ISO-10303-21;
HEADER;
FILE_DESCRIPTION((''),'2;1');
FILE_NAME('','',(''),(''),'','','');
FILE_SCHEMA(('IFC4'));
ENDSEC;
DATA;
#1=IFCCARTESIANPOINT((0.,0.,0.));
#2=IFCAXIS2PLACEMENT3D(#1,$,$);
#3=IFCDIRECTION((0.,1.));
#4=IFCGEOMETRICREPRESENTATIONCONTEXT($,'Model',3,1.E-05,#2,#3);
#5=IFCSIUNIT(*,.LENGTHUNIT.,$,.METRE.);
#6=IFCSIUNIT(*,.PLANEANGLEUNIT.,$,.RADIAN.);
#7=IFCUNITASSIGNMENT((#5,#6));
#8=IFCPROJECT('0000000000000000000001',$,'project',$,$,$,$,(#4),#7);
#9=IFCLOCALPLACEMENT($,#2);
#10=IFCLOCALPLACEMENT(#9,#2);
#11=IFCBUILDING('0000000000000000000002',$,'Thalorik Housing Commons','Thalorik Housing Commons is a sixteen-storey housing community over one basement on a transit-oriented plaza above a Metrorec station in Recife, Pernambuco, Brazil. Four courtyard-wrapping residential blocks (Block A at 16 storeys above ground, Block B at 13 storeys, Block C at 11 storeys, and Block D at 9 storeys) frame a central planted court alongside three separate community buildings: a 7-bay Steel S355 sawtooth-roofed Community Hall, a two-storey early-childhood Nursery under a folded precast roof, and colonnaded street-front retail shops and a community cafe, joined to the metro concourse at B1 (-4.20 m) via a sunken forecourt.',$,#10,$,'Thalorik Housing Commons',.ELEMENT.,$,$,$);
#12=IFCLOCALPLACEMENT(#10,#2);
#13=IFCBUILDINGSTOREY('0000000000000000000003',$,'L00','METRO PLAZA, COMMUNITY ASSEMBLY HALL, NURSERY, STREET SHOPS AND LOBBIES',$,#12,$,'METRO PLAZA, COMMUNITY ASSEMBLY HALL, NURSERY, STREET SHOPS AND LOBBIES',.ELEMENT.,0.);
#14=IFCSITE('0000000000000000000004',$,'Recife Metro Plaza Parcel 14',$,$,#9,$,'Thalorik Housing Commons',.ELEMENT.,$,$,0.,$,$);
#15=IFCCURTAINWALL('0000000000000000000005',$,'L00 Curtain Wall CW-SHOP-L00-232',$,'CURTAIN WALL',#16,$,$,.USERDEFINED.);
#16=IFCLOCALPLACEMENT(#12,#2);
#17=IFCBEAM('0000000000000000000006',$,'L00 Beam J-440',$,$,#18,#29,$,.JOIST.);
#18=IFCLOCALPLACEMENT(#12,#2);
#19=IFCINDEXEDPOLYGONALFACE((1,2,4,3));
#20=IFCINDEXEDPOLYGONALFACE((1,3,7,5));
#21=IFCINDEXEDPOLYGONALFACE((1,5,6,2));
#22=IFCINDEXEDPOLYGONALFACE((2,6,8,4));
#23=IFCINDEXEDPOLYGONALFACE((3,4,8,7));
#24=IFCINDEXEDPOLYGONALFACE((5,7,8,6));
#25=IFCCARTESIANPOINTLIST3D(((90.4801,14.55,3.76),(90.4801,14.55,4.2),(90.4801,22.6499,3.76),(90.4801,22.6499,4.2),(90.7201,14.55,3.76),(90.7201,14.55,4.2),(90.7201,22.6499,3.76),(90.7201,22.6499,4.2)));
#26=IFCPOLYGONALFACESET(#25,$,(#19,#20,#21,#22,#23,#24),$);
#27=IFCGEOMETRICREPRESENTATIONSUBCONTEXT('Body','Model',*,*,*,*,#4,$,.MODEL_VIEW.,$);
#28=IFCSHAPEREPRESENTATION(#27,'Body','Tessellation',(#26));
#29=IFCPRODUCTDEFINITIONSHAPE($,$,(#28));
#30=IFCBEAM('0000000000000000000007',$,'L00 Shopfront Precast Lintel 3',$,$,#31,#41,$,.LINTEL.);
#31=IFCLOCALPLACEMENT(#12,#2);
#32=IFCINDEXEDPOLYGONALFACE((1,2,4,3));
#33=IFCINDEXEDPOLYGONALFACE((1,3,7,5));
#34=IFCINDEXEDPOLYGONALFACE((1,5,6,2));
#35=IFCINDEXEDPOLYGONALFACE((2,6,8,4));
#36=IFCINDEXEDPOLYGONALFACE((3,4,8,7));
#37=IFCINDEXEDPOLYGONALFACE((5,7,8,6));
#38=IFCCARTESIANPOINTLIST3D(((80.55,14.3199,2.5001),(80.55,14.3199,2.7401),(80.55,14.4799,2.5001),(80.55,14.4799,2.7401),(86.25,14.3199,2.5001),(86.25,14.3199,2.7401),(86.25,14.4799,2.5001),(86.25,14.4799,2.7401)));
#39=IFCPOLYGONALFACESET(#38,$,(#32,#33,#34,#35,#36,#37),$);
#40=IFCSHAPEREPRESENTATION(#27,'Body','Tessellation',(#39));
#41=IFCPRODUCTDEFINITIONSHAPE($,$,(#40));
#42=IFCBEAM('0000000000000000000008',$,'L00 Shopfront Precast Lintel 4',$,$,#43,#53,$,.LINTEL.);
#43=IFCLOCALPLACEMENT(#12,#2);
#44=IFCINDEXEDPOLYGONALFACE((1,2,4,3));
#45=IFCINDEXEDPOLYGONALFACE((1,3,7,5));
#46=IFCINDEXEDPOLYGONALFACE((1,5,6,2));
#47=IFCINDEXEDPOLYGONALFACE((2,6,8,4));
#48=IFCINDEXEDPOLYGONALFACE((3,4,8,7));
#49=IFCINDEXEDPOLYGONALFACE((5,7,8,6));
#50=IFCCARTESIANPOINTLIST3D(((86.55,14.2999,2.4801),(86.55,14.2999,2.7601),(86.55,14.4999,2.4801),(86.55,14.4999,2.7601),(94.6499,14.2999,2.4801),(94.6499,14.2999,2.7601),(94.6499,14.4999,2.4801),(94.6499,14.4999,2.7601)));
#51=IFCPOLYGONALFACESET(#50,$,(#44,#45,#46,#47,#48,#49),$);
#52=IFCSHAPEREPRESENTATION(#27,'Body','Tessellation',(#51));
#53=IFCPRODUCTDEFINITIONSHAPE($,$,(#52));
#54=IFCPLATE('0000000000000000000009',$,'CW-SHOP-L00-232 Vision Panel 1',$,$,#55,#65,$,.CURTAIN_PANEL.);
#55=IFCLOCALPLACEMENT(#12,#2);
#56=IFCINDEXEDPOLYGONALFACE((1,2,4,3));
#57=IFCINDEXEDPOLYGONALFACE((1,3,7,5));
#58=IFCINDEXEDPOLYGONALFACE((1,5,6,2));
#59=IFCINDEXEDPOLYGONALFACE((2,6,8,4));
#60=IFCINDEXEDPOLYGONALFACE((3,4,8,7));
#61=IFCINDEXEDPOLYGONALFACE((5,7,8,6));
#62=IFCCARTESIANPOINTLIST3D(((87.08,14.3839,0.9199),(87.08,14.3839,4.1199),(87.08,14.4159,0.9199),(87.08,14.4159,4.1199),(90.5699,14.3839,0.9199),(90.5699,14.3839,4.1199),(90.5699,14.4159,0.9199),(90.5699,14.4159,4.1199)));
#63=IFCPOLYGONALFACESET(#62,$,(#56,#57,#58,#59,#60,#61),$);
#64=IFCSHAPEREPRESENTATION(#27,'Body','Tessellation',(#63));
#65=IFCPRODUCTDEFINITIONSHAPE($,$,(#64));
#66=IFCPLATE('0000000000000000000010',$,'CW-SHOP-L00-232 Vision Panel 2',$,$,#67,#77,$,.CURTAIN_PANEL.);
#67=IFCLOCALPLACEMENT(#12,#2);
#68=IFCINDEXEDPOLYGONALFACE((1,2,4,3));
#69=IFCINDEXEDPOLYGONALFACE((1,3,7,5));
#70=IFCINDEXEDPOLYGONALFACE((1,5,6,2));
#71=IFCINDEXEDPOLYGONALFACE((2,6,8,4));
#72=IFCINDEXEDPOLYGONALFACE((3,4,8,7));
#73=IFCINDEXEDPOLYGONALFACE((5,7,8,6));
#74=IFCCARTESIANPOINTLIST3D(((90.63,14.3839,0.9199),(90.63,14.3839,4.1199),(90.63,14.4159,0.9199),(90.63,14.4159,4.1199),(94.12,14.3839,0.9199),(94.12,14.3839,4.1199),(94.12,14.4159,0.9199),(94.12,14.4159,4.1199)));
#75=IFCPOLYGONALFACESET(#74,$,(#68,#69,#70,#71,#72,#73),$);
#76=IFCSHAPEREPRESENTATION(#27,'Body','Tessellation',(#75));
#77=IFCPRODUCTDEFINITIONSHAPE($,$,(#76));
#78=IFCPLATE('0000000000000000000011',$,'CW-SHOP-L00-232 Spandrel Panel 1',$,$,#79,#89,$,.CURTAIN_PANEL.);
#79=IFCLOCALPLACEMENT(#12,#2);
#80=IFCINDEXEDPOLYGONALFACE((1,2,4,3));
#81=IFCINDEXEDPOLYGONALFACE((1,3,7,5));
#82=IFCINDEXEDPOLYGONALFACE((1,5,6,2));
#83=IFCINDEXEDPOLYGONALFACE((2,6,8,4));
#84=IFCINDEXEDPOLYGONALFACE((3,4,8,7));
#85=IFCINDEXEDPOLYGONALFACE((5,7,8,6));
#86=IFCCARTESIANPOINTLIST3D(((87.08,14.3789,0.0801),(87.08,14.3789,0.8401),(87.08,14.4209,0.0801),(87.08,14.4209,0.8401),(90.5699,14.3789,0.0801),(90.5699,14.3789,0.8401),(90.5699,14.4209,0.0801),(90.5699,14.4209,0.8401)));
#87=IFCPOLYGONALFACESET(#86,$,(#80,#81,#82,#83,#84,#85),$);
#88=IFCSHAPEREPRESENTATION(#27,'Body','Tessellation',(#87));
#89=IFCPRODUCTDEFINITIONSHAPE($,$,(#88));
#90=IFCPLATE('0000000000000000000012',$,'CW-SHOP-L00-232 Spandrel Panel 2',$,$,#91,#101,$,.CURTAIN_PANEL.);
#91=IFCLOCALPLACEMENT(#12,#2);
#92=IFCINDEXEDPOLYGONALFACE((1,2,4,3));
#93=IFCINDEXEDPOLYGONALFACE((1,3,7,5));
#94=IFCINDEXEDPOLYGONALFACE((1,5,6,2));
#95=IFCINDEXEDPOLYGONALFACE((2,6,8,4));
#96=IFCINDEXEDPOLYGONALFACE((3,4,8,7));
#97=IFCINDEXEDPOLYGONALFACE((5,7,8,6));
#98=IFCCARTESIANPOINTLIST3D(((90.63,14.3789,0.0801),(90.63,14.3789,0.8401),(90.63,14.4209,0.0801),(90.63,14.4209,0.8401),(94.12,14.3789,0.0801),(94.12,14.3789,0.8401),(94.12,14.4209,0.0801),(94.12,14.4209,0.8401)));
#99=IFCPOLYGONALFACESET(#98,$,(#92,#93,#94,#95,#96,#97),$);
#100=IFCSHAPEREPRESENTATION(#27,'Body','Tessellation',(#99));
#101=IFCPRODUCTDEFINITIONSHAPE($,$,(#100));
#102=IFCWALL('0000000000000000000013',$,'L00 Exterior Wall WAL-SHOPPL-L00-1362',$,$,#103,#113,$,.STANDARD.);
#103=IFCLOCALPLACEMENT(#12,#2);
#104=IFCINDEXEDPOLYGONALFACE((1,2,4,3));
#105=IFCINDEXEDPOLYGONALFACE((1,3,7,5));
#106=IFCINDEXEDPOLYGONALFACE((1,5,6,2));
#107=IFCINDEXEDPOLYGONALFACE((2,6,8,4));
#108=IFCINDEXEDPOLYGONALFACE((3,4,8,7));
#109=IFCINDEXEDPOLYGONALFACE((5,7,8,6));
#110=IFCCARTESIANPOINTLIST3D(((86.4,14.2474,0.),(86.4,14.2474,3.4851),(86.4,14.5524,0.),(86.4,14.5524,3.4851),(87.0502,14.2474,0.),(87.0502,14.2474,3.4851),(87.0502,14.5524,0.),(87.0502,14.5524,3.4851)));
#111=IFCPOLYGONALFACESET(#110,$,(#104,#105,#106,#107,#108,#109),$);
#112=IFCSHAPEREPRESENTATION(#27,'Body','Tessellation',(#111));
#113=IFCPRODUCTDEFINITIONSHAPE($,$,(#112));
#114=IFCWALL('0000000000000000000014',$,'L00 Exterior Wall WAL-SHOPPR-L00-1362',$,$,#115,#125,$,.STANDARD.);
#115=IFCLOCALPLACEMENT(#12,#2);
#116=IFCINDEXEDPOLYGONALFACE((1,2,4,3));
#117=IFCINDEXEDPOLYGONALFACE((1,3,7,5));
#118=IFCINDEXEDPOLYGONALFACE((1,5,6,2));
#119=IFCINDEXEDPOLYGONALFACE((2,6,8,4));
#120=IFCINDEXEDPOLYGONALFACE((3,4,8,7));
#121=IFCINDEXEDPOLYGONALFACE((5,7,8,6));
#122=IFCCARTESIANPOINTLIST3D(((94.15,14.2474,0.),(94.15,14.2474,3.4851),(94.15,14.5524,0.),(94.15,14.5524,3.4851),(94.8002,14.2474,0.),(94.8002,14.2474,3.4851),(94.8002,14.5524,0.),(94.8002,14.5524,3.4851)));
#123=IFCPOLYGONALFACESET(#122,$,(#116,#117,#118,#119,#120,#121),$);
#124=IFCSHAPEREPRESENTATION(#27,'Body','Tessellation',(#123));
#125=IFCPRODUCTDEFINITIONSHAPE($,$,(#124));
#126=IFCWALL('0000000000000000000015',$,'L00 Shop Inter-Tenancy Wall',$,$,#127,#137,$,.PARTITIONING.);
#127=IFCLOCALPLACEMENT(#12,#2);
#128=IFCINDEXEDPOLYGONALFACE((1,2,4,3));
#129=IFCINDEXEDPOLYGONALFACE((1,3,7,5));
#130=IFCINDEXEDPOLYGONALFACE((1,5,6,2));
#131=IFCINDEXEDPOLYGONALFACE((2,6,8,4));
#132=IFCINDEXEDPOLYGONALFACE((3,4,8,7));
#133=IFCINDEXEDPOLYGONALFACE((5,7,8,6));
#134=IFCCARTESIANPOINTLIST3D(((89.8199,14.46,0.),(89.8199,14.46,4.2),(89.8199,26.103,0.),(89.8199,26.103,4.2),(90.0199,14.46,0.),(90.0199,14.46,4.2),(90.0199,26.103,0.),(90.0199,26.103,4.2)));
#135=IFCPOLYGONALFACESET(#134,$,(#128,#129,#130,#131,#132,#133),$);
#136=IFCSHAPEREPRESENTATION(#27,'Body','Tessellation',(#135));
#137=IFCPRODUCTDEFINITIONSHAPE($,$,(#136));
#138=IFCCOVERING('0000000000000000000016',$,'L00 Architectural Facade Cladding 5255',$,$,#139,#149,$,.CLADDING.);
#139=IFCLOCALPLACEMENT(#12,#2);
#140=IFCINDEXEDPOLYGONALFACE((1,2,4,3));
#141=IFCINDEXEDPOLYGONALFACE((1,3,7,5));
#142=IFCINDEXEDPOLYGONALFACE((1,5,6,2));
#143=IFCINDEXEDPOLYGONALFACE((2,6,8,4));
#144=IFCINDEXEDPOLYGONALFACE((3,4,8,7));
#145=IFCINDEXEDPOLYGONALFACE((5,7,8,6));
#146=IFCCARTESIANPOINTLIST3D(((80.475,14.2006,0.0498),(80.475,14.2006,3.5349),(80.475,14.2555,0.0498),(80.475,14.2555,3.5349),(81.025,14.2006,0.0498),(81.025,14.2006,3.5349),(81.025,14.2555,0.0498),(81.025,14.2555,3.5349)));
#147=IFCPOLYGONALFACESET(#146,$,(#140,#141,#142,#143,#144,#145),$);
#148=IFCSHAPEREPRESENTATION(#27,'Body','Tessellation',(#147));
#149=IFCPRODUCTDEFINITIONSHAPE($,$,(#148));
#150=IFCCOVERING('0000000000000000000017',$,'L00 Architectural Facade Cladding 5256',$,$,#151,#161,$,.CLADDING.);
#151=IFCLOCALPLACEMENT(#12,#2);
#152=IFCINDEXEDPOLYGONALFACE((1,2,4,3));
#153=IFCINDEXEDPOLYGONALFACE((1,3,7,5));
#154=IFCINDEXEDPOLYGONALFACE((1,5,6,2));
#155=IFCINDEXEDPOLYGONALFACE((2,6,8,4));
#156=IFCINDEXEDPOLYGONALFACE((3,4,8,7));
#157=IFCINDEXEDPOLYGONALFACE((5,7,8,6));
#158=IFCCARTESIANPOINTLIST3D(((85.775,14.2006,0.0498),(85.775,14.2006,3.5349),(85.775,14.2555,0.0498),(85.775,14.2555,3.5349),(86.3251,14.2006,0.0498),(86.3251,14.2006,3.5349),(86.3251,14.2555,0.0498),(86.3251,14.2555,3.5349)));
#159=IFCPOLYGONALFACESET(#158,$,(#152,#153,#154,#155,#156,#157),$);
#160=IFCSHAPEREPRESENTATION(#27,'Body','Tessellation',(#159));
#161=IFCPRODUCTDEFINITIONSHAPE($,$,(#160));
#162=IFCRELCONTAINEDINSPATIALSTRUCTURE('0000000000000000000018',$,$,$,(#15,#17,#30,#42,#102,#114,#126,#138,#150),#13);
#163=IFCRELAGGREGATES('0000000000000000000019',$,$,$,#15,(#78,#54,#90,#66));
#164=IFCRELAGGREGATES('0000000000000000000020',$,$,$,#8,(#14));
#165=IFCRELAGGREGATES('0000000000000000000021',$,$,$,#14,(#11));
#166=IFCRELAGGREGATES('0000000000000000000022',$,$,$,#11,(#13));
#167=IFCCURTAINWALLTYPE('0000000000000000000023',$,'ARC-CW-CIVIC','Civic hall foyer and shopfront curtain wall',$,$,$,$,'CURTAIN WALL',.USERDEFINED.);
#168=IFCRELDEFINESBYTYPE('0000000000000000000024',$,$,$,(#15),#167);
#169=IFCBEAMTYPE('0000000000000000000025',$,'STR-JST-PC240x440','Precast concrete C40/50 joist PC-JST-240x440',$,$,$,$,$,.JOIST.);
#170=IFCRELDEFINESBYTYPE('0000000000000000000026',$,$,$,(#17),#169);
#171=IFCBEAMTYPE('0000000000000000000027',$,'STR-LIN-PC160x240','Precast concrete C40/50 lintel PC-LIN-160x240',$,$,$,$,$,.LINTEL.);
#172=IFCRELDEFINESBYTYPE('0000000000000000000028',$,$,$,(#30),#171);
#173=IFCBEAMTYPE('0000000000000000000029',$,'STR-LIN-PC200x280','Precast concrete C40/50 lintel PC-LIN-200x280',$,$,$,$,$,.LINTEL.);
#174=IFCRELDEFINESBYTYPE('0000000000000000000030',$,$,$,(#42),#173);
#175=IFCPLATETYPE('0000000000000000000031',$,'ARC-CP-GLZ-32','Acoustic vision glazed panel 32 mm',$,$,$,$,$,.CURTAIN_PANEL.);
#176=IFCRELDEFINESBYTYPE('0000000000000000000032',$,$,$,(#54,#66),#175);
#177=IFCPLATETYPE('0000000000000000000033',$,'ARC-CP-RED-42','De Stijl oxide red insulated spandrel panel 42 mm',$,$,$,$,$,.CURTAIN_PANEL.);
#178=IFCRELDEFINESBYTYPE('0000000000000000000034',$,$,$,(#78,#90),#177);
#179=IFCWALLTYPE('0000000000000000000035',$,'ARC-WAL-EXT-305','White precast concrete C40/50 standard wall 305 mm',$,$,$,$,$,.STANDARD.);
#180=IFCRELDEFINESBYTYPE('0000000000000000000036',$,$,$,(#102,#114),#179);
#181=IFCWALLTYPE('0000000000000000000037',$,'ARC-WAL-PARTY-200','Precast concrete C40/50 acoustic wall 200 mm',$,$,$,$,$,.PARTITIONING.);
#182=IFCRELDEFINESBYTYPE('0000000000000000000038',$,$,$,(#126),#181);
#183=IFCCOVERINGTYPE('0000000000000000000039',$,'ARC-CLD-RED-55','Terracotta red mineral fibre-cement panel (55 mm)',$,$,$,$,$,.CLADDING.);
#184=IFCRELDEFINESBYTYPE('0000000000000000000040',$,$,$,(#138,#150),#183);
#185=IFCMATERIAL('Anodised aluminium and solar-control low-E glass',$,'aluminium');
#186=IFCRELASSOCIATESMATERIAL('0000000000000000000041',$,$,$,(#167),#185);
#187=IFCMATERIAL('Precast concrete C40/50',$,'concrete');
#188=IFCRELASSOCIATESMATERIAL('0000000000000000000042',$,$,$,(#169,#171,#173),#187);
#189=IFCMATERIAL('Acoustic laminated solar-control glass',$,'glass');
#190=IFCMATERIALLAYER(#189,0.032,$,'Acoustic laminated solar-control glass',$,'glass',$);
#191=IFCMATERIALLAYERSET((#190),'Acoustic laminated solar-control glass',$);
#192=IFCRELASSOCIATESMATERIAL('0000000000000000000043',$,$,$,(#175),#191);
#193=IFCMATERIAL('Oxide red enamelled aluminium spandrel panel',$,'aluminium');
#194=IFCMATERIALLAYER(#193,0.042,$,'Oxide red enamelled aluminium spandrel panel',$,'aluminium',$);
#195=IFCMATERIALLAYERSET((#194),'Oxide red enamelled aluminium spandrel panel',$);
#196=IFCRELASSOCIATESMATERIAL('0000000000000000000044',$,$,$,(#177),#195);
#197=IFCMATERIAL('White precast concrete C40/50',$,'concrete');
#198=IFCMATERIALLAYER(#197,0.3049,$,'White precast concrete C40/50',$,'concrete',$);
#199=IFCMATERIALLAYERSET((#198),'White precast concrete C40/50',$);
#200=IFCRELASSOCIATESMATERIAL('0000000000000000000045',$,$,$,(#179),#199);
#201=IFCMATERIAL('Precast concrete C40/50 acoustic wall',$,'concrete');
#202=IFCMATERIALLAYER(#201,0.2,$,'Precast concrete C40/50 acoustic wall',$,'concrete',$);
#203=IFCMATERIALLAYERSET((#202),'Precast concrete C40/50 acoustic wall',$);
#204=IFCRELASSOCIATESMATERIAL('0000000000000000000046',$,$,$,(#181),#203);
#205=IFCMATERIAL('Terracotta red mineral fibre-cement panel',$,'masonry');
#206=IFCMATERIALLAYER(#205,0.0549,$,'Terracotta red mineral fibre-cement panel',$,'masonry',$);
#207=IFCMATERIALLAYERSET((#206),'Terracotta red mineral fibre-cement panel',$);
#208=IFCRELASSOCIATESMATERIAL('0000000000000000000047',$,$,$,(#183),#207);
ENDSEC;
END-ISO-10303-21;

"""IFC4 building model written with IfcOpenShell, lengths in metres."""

from ifc_helpers import new_model, si_unit, direction, frame, frame_2d, origin, origin_2d, place, context, subcontext, project, spatial, rectangle, extrude, material, layer, layer_set, material_profile, profile_set, type_object, element, aggregate, save


model = new_model("IFC4")

# Units and contexts
model_context = context("Model", 3, precision=1e-05, world=origin(), true_north=direction((0.0, 1.0)))
body_context = subcontext(model_context, "Body", "Model", "MODEL_VIEW")
ifc_project = project(units=[si_unit("LENGTHUNIT", "METRE"), si_unit("PLANEANGLEUNIT", "RADIAN")], contexts=[model_context])

# Site, building, storey
site_placement = place(None, origin())
site = spatial("IfcSite", under=ifc_project, at=site_placement, Name="Recife Metro Plaza Parcel 14", LongName="Thalorik Housing Commons", CompositionType="ELEMENT", RefElevation=0.0)
building_placement = place(site_placement, origin())
building = spatial("IfcBuilding", under=site, at=building_placement, Name="Thalorik Housing Commons", Description="Thalorik Housing Commons is a sixteen-storey housing community over one basement on a transit-oriented plaza above a Metrorec station in Recife, Pernambuco, Brazil. Four courtyard-wrapping residential blocks (Block A at 16 storeys above ground, Block B at 13 storeys, Block C at 11 storeys, and Block D at 9 storeys) frame a central planted court alongside three separate community buildings: a 7-bay Steel S355 sawtooth-roofed Community Hall, a two-storey early-childhood Nursery under a folded precast roof, and colonnaded street-front retail shops and a community cafe, joined to the metro concourse at B1 (-4.20 m) via a sunken forecourt.", LongName="Thalorik Housing Commons", CompositionType="ELEMENT")
storey_placement = place(building_placement, origin())
storey = spatial("IfcBuildingStorey", under=building, at=storey_placement, Name="L00", Description="METRO PLAZA, COMMUNITY ASSEMBLY HALL, NURSERY, STREET SHOPS AND LOBBIES", LongName="METRO PLAZA, COMMUNITY ASSEMBLY HALL, NURSERY, STREET SHOPS AND LOBBIES", CompositionType="ELEMENT", Elevation=0.0)

# Shared definitions
ifc_material_1 = material(Name="Precast concrete C40/50", Category="concrete")

# Curtain wall
ifc_material_2 = material(Name="Anodised aluminium and solar-control low-E glass", Category="aluminium")
curtain_wall_type = type_object("IfcCurtainWallType", Name="ARC-CW-CIVIC", Description="Civic hall foyer and shopfront curtain wall", ElementType="CURTAIN WALL", PredefinedType="USERDEFINED", material=ifc_material_2)
curtain_wall_placement = place(storey_placement, origin())
curtain_wall = element("IfcCurtainWall", 1, at=curtain_wall_placement, inside=storey, type_object=curtain_wall_type, Name="L00 Curtain Wall CW-SHOP-L00-232", ObjectType="CURTAIN WALL", PredefinedType="USERDEFINED")

# Beams
ifc_material_profile_1 = material_profile(ifc_material_1, rectangle(XDim=0.24, YDim=0.4399, at=origin_2d()), Name="PC JST 240x440", Category="concrete")
ifc_profile_set_1 = profile_set([ifc_material_profile_1], Name="Precast concrete C40/50")
beam_type_1 = type_object("IfcBeamType", Name="STR-JST-PC240x440", Description="Precast concrete C40/50 joist PC-JST-240x440", PredefinedType="JOIST", material=ifc_profile_set_1)
beam_1_placement = place(storey_placement, frame((90.6001, 14.55, 3.98), z_axis=(0.0, 1.0, 0.0), x_axis=(-1.0, 0.0, 0.0)))
element("IfcBeam", 2, at=beam_1_placement, inside=storey, type_object=beam_type_1, Name="L00 Beam J-440", PredefinedType="JOIST", context=body_context, shape_type="SweptSolid", body=[
    extrude(rectangle(XDim=0.24, YDim=0.4399, at=origin_2d()), origin(), (0.0, 0.0, 1.0), 8.0999),
])
ifc_material_profile_2 = material_profile(ifc_material_1, rectangle(XDim=0.1599, YDim=0.24, at=origin_2d()), Name="PC LIN 160x240", Category="concrete")
ifc_profile_set_2 = profile_set([ifc_material_profile_2], Name="Precast concrete C40/50")
beam_type_2 = type_object("IfcBeamType", Name="STR-LIN-PC160x240", Description="Precast concrete C40/50 lintel PC-LIN-160x240", PredefinedType="LINTEL", material=ifc_profile_set_2)
beam_2_placement = place(storey_placement, frame((80.55, 14.3999, 2.6201), z_axis=(1.0, 0.0, 0.0), x_axis=(0.0, 1.0, 0.0)))
element("IfcBeam", 3, at=beam_2_placement, inside=storey, type_object=beam_type_2, Name="L00 Shopfront Precast Lintel 3", PredefinedType="LINTEL", context=body_context, shape_type="SweptSolid", body=[
    extrude(rectangle(XDim=0.1599, YDim=0.24, at=origin_2d()), origin(), (0.0, 0.0, 1.0), 5.7),
])
ifc_material_profile_3 = material_profile(ifc_material_1, rectangle(XDim=0.2, YDim=0.28, at=origin_2d()), Name="PC LIN 200x280", Category="concrete")
ifc_profile_set_3 = profile_set([ifc_material_profile_3], Name="Precast concrete C40/50")
beam_type_3 = type_object("IfcBeamType", Name="STR-LIN-PC200x280", Description="Precast concrete C40/50 lintel PC-LIN-200x280", PredefinedType="LINTEL", material=ifc_profile_set_3)
beam_3_placement = place(storey_placement, frame((86.55, 14.3999, 2.6201), z_axis=(1.0, 0.0, 0.0), x_axis=(0.0, 1.0, 0.0)))
element("IfcBeam", 4, at=beam_3_placement, inside=storey, type_object=beam_type_3, Name="L00 Shopfront Precast Lintel 4", PredefinedType="LINTEL", context=body_context, shape_type="SweptSolid", body=[
    extrude(rectangle(XDim=0.2, YDim=0.28, at=origin_2d()), origin(), (0.0, 0.0, 1.0), 8.0999),
])

# Plates
ifc_material_3 = material(Name="Acoustic laminated solar-control glass", Category="glass")
ifc_layer_1 = layer(ifc_material_3, 0.032, Name="Acoustic laminated solar-control glass", Category="glass")
ifc_layer_set_1 = layer_set([ifc_layer_1], Name="Acoustic laminated solar-control glass")
plate_type_1 = type_object("IfcPlateType", Name="ARC-CP-GLZ-32", Description="Acoustic vision glazed panel 32 mm", PredefinedType="CURTAIN_PANEL", material=ifc_layer_set_1)
plate_1_placement = place(storey_placement, frame((88.825, 14.3999, 0.9199), z_axis=(0.0, 0.0, 1.0), x_axis=(1.0, 0.0, 0.0)))
plate_1 = element("IfcPlate", 5, at=plate_1_placement, type_object=plate_type_1, Name="CW-SHOP-L00-232 Vision Panel 1", PredefinedType="CURTAIN_PANEL", context=body_context, shape_type="SweptSolid", body=[
    extrude(rectangle(XDim=3.49, YDim=0.032, at=origin_2d()), origin(), (0.0, 0.0, 1.0), 3.2),
])
plate_2_placement = place(storey_placement, frame((92.375, 14.3999, 0.9199), z_axis=(0.0, 0.0, 1.0), x_axis=(1.0, 0.0, 0.0)))
plate_2 = element("IfcPlate", 6, at=plate_2_placement, type_object=plate_type_1, Name="CW-SHOP-L00-232 Vision Panel 2", PredefinedType="CURTAIN_PANEL", context=body_context, shape_type="SweptSolid", body=[
    extrude(rectangle(XDim=3.49, YDim=0.032, at=origin_2d()), origin(), (0.0, 0.0, 1.0), 3.2),
])
ifc_material_4 = material(Name="Oxide red enamelled aluminium spandrel panel", Category="aluminium")
ifc_layer_2 = layer(ifc_material_4, 0.042, Name="Oxide red enamelled aluminium spandrel panel", Category="aluminium")
ifc_layer_set_2 = layer_set([ifc_layer_2], Name="Oxide red enamelled aluminium spandrel panel")
plate_type_2 = type_object("IfcPlateType", Name="ARC-CP-RED-42", Description="De Stijl oxide red insulated spandrel panel 42 mm", PredefinedType="CURTAIN_PANEL", material=ifc_layer_set_2)
plate_3_placement = place(storey_placement, frame((88.825, 14.3999, 0.0801), z_axis=(0.0, 0.0, 1.0), x_axis=(1.0, 0.0, 0.0)))
plate_3 = element("IfcPlate", 7, at=plate_3_placement, type_object=plate_type_2, Name="CW-SHOP-L00-232 Spandrel Panel 1", PredefinedType="CURTAIN_PANEL", context=body_context, shape_type="SweptSolid", body=[
    extrude(rectangle(XDim=3.49, YDim=0.042, at=origin_2d()), origin(), (0.0, 0.0, 1.0), 0.76),
])
plate_4_placement = place(storey_placement, frame((92.375, 14.3999, 0.0801), z_axis=(0.0, 0.0, 1.0), x_axis=(1.0, 0.0, 0.0)))
plate_4 = element("IfcPlate", 8, at=plate_4_placement, type_object=plate_type_2, Name="CW-SHOP-L00-232 Spandrel Panel 2", PredefinedType="CURTAIN_PANEL", context=body_context, shape_type="SweptSolid", body=[
    extrude(rectangle(XDim=3.49, YDim=0.042, at=origin_2d()), origin(), (0.0, 0.0, 1.0), 0.76),
])
aggregate(curtain_wall, [plate_3, plate_1, plate_4, plate_2])

# Walls
ifc_material_5 = material(Name="White precast concrete C40/50", Category="concrete")
ifc_layer_3 = layer(ifc_material_5, 0.3049, Name="White precast concrete C40/50", Category="concrete")
ifc_layer_set_3 = layer_set([ifc_layer_3], Name="White precast concrete C40/50")
wall_type_1 = type_object("IfcWallType", Name="ARC-WAL-EXT-305", Description="White precast concrete C40/50 standard wall 305 mm", PredefinedType="STANDARD", material=ifc_layer_set_3)
for number, where, z_axis, x_axis, name in (
    (9, (86.3999, 14.3999, 0.0), (0.0, 0.0, 1.0), (1.0, 0.0, 0.0), "L00 Exterior Wall WAL-SHOPPL-L00-1362"),
    (10, (94.1499, 14.3999, 0.0), (0.0, 0.0, 1.0), (1.0, 0.0, 0.0), "L00 Exterior Wall WAL-SHOPPR-L00-1362"),
):
    element("IfcWall", number, at=place(storey_placement, frame(where, z_axis=z_axis, x_axis=x_axis)), inside=storey, type_object=wall_type_1, Name=name, PredefinedType="STANDARD", context=body_context, shape_type="SweptSolid", body=[
        extrude(rectangle(XDim=0.6501, YDim=0.3049, at=frame_2d((0.3252, 0.0))), origin(), (0.0, 0.0, 1.0), 3.4851),
    ])
ifc_material_6 = material(Name="Precast concrete C40/50 acoustic wall", Category="concrete")
ifc_layer_4 = layer(ifc_material_6, 0.2, Name="Precast concrete C40/50 acoustic wall", Category="concrete")
ifc_layer_set_4 = layer_set([ifc_layer_4], Name="Precast concrete C40/50 acoustic wall")
wall_type_2 = type_object("IfcWallType", Name="ARC-WAL-PARTY-200", Description="Precast concrete C40/50 acoustic wall 200 mm", PredefinedType="PARTITIONING", material=ifc_layer_set_4)
wall_placement = place(storey_placement, frame((89.9199, 14.46, 0.0), z_axis=(0.0, 0.0, 1.0), x_axis=(0.0, 1.0, 0.0)))
element("IfcWall", 11, at=wall_placement, inside=storey, type_object=wall_type_2, Name="L00 Shop Inter-Tenancy Wall", PredefinedType="PARTITIONING", context=body_context, shape_type="SweptSolid", body=[
    extrude(rectangle(XDim=11.6431, YDim=0.2, at=frame_2d((5.8215, 0.0))), origin(), (0.0, 0.0, 1.0), 4.2),
])

# Coverings
ifc_material_7 = material(Name="Terracotta red mineral fibre-cement panel", Category="masonry")
ifc_layer_5 = layer(ifc_material_7, 0.0549, Name="Terracotta red mineral fibre-cement panel", Category="masonry")
ifc_layer_set_5 = layer_set([ifc_layer_5], Name="Terracotta red mineral fibre-cement panel")
covering_type = type_object("IfcCoveringType", Name="ARC-CLD-RED-55", Description="Terracotta red mineral fibre-cement panel (55 mm)", PredefinedType="CLADDING", material=ifc_layer_set_5)
for number, where, z_axis, x_axis, name in (
    (12, (80.75, 14.228, 0.0498), (0.0, 0.0, 1.0), (1.0, 0.0, 0.0), "L00 Architectural Facade Cladding 5255"),
    (13, (86.05, 14.228, 0.0498), (0.0, 0.0, 1.0), (1.0, 0.0, 0.0), "L00 Architectural Facade Cladding 5256"),
):
    element("IfcCovering", number, at=place(storey_placement, frame(where, z_axis=z_axis, x_axis=x_axis)), inside=storey, type_object=covering_type, Name=name, PredefinedType="CLADDING", context=body_context, shape_type="SweptSolid", body=[
        extrude(rectangle(XDim=0.55, YDim=0.0549, at=origin_2d()), origin(), (0.0, 0.0, 1.0), 3.4851),
    ])

save(model, "model.ifc")
